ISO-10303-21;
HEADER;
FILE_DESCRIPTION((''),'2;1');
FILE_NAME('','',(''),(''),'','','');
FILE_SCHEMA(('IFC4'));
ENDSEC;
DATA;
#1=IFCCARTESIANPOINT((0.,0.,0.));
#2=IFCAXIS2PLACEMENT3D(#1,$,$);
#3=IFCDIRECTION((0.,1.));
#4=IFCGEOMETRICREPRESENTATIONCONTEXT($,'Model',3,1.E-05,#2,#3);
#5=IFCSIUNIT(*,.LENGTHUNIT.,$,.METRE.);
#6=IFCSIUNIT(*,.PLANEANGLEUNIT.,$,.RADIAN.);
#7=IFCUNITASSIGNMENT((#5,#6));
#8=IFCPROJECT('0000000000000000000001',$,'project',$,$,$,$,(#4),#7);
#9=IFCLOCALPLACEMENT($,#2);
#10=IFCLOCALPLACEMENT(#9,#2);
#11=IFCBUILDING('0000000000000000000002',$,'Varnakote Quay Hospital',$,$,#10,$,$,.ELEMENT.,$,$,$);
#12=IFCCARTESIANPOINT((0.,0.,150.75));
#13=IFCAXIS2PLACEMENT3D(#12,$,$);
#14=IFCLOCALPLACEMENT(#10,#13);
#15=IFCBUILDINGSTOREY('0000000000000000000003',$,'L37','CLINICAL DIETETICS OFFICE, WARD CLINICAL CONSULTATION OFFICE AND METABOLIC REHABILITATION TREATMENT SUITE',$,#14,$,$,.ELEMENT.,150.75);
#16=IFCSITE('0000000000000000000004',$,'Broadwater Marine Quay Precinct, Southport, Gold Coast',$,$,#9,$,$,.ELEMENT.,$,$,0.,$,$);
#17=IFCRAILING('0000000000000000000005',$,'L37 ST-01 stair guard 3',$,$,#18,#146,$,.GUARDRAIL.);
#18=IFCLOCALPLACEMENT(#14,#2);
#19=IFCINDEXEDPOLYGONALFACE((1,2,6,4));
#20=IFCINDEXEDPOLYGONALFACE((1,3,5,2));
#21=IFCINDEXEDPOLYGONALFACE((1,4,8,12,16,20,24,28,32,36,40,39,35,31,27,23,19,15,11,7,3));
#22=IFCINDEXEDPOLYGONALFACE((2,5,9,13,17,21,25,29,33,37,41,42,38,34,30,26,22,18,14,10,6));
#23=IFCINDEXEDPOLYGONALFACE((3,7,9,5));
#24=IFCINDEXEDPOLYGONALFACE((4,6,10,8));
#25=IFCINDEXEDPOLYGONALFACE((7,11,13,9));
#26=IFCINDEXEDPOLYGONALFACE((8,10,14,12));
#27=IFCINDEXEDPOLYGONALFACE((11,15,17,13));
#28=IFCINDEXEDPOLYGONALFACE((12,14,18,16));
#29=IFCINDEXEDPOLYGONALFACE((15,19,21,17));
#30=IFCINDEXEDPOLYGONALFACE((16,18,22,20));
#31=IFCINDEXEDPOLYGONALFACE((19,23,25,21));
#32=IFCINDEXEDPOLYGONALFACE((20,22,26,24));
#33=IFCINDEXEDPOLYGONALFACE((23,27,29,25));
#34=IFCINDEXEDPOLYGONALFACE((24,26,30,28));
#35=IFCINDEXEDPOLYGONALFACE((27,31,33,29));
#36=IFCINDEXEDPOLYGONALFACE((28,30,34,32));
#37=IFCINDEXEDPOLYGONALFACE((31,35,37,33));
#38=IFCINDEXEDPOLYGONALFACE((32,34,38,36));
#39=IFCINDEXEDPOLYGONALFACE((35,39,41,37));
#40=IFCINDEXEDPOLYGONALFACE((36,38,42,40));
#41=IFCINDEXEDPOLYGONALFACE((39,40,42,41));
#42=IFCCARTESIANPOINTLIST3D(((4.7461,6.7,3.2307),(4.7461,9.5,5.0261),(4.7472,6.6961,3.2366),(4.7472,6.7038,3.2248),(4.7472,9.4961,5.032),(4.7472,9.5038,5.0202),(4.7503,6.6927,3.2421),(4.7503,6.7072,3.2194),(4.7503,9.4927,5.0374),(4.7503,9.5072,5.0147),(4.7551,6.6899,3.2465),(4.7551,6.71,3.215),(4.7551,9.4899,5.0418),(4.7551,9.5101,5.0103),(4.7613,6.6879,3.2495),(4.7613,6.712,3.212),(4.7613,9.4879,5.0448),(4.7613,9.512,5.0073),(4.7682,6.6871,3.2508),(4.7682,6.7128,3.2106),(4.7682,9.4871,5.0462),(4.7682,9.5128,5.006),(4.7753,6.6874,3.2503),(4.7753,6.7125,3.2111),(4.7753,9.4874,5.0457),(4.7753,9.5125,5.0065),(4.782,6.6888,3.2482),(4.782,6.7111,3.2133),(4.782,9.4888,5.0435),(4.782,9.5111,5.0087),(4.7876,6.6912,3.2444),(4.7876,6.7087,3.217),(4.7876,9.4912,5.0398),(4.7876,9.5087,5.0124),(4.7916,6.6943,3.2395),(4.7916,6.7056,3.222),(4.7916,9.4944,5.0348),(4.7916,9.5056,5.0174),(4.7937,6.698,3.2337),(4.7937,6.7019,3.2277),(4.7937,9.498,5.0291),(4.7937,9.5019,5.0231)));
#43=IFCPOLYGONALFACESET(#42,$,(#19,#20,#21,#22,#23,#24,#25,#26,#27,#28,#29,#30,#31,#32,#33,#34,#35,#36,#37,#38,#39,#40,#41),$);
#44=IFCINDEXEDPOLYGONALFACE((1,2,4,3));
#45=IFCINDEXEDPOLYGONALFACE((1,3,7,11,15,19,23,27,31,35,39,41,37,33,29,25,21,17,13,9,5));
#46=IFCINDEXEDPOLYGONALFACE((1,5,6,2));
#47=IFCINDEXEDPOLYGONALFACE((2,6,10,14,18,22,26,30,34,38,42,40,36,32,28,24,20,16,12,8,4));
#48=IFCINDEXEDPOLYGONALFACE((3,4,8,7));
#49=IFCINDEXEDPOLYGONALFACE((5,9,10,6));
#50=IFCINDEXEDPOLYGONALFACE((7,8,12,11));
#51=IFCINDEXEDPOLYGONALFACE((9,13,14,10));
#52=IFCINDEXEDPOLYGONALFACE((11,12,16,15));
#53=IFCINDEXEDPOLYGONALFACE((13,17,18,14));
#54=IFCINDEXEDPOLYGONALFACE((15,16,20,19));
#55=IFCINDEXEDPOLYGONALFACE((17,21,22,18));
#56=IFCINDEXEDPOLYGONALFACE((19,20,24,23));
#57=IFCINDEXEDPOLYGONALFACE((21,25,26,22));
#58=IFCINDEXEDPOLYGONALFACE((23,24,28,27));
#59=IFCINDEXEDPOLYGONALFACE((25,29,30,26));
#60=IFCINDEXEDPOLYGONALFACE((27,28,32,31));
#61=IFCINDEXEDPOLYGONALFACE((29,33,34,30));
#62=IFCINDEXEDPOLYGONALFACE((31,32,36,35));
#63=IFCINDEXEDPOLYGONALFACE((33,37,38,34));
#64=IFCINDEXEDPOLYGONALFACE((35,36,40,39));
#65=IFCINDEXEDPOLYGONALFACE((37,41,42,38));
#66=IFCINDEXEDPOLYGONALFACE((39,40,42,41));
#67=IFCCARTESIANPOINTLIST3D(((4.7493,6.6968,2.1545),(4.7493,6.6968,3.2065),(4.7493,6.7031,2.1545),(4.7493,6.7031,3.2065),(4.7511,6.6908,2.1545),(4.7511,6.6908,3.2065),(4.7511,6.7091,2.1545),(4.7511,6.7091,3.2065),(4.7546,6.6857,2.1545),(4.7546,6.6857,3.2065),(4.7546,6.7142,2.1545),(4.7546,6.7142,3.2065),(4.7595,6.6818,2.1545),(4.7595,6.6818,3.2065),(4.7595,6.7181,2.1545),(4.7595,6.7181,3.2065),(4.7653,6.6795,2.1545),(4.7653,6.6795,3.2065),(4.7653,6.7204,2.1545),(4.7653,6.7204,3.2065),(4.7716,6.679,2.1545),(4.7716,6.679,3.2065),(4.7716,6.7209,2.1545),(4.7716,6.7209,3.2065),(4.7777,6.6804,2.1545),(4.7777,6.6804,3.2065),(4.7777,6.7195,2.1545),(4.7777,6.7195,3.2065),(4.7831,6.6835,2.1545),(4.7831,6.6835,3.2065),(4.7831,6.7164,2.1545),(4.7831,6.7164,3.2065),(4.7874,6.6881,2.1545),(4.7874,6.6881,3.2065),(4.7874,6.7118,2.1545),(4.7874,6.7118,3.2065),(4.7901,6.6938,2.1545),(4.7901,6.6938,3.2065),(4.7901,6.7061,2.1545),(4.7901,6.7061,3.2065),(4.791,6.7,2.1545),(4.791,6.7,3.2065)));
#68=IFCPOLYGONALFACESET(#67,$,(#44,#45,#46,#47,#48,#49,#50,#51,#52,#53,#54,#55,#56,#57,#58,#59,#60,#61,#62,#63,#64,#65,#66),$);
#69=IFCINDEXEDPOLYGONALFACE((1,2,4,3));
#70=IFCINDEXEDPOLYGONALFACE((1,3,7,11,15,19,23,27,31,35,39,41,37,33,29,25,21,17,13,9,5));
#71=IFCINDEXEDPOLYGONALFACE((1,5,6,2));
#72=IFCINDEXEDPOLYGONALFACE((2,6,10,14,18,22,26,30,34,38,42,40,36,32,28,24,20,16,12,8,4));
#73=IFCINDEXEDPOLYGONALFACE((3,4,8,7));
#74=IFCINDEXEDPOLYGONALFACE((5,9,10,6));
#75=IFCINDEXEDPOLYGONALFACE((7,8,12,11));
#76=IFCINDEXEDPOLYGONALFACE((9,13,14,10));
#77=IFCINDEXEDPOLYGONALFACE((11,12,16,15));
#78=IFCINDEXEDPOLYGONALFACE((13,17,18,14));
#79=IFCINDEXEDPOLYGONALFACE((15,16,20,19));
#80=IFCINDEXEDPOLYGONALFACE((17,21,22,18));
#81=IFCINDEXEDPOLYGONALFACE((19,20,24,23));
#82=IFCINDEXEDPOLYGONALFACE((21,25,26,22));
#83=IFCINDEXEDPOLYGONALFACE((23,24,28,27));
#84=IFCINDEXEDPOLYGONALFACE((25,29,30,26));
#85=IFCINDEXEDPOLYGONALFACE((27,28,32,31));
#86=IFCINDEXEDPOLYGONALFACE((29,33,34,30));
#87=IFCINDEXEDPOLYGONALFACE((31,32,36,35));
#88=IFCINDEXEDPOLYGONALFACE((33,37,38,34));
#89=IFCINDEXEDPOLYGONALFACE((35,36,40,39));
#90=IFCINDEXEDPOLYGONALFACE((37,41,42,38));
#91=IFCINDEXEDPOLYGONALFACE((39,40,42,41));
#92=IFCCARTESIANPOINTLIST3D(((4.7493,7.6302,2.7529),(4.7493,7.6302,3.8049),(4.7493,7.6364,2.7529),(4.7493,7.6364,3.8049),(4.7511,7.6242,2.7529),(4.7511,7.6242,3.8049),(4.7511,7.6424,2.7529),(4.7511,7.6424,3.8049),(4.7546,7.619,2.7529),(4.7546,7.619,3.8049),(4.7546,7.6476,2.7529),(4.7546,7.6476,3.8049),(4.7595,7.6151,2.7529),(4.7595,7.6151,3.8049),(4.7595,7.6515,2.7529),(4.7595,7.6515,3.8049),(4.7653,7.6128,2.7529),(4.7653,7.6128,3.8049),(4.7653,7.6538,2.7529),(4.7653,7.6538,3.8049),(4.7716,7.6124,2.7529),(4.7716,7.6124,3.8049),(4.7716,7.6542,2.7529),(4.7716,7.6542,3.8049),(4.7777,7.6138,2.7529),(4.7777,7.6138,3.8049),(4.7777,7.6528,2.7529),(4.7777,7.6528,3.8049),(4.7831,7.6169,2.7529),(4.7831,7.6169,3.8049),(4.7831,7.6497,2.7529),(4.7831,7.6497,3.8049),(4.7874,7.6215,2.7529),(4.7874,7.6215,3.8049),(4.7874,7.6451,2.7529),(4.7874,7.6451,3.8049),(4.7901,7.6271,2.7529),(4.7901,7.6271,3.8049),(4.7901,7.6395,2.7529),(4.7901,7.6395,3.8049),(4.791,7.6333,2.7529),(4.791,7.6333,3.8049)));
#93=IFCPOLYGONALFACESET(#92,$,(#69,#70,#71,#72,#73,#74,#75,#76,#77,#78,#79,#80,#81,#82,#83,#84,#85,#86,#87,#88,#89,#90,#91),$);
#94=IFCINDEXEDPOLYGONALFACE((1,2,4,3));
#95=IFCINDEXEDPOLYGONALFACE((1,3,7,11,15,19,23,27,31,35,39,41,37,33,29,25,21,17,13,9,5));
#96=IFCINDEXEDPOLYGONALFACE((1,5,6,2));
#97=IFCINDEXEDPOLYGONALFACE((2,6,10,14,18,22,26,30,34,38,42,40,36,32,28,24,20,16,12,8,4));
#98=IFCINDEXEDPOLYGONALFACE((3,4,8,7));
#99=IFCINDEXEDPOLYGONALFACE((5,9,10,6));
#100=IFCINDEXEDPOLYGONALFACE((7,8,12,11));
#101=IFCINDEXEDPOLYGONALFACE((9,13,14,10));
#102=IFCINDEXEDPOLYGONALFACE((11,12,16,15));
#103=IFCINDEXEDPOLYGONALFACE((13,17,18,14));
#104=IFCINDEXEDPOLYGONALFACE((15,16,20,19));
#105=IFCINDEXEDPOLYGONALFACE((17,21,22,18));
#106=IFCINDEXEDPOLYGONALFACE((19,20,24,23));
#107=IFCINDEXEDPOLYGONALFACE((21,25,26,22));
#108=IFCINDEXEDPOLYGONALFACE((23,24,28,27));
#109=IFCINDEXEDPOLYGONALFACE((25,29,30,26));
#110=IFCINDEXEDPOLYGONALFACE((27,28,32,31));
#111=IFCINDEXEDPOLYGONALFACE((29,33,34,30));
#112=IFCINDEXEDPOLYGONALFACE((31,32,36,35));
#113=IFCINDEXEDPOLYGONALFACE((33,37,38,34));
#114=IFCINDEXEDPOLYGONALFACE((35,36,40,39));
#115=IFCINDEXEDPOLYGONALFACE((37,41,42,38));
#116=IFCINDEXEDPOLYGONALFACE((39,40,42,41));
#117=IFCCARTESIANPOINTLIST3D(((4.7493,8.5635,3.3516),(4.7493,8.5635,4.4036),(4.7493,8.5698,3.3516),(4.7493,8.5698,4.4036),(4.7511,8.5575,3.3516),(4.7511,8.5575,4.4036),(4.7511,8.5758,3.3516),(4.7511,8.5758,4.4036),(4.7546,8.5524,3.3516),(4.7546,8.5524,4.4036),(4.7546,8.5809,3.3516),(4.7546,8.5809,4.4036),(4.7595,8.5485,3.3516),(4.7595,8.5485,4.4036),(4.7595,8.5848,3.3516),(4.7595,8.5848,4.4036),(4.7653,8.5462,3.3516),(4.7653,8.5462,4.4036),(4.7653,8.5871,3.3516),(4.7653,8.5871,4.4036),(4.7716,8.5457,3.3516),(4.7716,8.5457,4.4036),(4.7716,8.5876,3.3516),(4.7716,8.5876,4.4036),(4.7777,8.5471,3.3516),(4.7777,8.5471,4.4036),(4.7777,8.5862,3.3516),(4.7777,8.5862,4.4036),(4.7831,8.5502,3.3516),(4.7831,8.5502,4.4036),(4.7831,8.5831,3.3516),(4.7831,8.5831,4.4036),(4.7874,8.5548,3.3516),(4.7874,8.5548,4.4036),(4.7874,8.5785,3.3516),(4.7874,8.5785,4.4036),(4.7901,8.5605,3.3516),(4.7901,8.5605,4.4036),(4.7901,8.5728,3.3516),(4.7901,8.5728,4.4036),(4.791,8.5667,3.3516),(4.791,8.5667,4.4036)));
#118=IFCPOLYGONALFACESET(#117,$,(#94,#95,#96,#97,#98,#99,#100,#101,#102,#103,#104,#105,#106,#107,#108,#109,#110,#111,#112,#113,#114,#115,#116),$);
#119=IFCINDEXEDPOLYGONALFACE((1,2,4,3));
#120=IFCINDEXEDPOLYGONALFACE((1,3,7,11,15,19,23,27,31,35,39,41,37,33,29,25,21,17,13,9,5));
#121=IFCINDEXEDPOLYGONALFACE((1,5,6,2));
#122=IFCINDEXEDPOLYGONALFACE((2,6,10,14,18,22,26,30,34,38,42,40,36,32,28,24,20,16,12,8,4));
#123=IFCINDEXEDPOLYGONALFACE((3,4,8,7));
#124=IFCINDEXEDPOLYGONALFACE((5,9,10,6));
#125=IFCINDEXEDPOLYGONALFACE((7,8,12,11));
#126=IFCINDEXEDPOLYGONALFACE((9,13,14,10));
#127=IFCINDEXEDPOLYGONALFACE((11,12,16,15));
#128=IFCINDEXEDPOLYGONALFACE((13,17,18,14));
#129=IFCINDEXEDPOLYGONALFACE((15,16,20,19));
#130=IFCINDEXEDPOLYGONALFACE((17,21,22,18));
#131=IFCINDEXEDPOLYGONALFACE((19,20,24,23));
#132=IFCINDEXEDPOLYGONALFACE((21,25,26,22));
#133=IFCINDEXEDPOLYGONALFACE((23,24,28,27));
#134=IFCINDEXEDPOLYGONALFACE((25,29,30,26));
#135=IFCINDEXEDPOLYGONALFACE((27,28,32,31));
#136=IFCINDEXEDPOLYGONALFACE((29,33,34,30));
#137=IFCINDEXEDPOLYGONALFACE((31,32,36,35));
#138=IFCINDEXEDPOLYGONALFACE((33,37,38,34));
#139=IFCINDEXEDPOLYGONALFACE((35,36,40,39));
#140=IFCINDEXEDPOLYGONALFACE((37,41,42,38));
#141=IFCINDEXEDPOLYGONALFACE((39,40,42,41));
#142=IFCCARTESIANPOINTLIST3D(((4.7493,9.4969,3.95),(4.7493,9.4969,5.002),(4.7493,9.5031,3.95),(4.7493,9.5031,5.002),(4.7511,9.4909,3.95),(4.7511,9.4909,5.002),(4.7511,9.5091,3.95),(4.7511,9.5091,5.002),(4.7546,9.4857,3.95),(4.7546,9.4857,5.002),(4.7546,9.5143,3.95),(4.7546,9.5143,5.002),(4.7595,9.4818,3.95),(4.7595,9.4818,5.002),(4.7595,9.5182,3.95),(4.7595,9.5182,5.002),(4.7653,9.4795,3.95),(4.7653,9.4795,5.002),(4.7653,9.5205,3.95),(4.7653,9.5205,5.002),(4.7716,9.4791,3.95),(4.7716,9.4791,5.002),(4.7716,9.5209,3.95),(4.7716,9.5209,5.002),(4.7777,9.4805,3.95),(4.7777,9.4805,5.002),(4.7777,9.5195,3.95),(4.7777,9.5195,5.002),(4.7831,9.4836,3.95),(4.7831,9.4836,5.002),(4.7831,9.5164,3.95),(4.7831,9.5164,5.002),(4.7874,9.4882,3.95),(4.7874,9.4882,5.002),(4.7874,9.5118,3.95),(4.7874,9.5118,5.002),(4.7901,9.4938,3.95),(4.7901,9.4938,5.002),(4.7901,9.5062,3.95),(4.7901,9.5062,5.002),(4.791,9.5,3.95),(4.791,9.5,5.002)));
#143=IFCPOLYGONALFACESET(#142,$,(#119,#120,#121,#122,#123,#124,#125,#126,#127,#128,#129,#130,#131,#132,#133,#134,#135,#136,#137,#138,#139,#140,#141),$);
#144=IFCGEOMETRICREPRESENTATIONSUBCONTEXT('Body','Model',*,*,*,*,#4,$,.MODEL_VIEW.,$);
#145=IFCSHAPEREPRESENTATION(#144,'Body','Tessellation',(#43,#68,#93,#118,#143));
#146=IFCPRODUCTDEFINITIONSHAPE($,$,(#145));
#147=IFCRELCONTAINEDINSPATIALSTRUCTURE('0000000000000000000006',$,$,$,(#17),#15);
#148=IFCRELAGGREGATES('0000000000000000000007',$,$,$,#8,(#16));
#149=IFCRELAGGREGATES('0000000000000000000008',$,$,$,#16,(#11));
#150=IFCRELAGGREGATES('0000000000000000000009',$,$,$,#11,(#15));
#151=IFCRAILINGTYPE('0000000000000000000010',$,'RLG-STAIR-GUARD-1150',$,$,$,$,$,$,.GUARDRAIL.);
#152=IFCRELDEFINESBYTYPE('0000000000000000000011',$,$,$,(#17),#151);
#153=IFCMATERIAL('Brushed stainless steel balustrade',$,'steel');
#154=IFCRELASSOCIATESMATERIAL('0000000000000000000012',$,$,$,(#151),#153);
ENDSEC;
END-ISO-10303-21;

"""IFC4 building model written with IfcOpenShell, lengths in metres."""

from ifc_helpers import new_model, si_unit, direction, frame, origin, origin_2d, place, context, subcontext, project, spatial, circle, extrude, material, type_object, element, save


model = new_model("IFC4")

# Units and contexts
model_context = context("Model", 3, precision=1e-05, world=origin(), true_north=direction((0.0, 1.0)))
body_context = subcontext(model_context, "Body", "Model", "MODEL_VIEW")
ifc_project = project(units=[si_unit("LENGTHUNIT", "METRE"), si_unit("PLANEANGLEUNIT", "RADIAN")], contexts=[model_context])

# Site, building, storey
site_placement = place(None, origin())
site = spatial("IfcSite", under=ifc_project, at=site_placement, Name="Broadwater Marine Quay Precinct, Southport, Gold Coast", CompositionType="ELEMENT", RefElevation=0.0)
building_placement = place(site_placement, origin())
building = spatial("IfcBuilding", under=site, at=building_placement, Name="Varnakote Quay Hospital", CompositionType="ELEMENT")
storey_placement = place(building_placement, frame((0.0, 0.0, 150.75)))
storey = spatial("IfcBuildingStorey", under=building, at=storey_placement, Name="L37", Description="CLINICAL DIETETICS OFFICE, WARD CLINICAL CONSULTATION OFFICE AND METABOLIC REHABILITATION TREATMENT SUITE", CompositionType="ELEMENT", Elevation=150.75)

# Railing
ifc_material_1 = material(Name="Brushed stainless steel balustrade", Category="steel")
railing_type_1 = type_object("IfcRailingType", Name="RLG-STAIR-GUARD-1150", PredefinedType="GUARDRAIL", material=ifc_material_1)
railing_1_placement = place(storey_placement, frame((4.77, 6.7, 2.1545)))
element("IfcRailing", 1, at=railing_1_placement, inside=storey, type_object=railing_type_1, Name="L37 ST-01 stair guard 3", PredefinedType="GUARDRAIL", context=body_context, shape_type="SweptSolid", body=[
    extrude(circle(Radius=0.0239, at=origin_2d()), frame((0.0, 0.0, 1.0762), z_axis=(0.0, 0.84181, 0.539774), x_axis=(-1.0, 0.0, 0.0)), (0.0, 0.0, 1.0), 3.3262),
    extrude(circle(Radius=0.021, at=origin_2d()), origin(), (0.0, 0.0, 1.0), 1.052),
    extrude(circle(Radius=0.021, at=origin_2d()), frame((0.0, 0.9333, 0.5984)), (0.0, 0.0, 1.0), 1.052),
    extrude(circle(Radius=0.021, at=origin_2d()), frame((0.0, 1.8667, 1.197)), (0.0, 0.0, 1.0), 1.052),
    extrude(circle(Radius=0.021, at=origin_2d()), frame((0.0, 2.8, 1.7954)), (0.0, 0.0, 1.0), 1.052),
])

save(model, "model.ifc")
